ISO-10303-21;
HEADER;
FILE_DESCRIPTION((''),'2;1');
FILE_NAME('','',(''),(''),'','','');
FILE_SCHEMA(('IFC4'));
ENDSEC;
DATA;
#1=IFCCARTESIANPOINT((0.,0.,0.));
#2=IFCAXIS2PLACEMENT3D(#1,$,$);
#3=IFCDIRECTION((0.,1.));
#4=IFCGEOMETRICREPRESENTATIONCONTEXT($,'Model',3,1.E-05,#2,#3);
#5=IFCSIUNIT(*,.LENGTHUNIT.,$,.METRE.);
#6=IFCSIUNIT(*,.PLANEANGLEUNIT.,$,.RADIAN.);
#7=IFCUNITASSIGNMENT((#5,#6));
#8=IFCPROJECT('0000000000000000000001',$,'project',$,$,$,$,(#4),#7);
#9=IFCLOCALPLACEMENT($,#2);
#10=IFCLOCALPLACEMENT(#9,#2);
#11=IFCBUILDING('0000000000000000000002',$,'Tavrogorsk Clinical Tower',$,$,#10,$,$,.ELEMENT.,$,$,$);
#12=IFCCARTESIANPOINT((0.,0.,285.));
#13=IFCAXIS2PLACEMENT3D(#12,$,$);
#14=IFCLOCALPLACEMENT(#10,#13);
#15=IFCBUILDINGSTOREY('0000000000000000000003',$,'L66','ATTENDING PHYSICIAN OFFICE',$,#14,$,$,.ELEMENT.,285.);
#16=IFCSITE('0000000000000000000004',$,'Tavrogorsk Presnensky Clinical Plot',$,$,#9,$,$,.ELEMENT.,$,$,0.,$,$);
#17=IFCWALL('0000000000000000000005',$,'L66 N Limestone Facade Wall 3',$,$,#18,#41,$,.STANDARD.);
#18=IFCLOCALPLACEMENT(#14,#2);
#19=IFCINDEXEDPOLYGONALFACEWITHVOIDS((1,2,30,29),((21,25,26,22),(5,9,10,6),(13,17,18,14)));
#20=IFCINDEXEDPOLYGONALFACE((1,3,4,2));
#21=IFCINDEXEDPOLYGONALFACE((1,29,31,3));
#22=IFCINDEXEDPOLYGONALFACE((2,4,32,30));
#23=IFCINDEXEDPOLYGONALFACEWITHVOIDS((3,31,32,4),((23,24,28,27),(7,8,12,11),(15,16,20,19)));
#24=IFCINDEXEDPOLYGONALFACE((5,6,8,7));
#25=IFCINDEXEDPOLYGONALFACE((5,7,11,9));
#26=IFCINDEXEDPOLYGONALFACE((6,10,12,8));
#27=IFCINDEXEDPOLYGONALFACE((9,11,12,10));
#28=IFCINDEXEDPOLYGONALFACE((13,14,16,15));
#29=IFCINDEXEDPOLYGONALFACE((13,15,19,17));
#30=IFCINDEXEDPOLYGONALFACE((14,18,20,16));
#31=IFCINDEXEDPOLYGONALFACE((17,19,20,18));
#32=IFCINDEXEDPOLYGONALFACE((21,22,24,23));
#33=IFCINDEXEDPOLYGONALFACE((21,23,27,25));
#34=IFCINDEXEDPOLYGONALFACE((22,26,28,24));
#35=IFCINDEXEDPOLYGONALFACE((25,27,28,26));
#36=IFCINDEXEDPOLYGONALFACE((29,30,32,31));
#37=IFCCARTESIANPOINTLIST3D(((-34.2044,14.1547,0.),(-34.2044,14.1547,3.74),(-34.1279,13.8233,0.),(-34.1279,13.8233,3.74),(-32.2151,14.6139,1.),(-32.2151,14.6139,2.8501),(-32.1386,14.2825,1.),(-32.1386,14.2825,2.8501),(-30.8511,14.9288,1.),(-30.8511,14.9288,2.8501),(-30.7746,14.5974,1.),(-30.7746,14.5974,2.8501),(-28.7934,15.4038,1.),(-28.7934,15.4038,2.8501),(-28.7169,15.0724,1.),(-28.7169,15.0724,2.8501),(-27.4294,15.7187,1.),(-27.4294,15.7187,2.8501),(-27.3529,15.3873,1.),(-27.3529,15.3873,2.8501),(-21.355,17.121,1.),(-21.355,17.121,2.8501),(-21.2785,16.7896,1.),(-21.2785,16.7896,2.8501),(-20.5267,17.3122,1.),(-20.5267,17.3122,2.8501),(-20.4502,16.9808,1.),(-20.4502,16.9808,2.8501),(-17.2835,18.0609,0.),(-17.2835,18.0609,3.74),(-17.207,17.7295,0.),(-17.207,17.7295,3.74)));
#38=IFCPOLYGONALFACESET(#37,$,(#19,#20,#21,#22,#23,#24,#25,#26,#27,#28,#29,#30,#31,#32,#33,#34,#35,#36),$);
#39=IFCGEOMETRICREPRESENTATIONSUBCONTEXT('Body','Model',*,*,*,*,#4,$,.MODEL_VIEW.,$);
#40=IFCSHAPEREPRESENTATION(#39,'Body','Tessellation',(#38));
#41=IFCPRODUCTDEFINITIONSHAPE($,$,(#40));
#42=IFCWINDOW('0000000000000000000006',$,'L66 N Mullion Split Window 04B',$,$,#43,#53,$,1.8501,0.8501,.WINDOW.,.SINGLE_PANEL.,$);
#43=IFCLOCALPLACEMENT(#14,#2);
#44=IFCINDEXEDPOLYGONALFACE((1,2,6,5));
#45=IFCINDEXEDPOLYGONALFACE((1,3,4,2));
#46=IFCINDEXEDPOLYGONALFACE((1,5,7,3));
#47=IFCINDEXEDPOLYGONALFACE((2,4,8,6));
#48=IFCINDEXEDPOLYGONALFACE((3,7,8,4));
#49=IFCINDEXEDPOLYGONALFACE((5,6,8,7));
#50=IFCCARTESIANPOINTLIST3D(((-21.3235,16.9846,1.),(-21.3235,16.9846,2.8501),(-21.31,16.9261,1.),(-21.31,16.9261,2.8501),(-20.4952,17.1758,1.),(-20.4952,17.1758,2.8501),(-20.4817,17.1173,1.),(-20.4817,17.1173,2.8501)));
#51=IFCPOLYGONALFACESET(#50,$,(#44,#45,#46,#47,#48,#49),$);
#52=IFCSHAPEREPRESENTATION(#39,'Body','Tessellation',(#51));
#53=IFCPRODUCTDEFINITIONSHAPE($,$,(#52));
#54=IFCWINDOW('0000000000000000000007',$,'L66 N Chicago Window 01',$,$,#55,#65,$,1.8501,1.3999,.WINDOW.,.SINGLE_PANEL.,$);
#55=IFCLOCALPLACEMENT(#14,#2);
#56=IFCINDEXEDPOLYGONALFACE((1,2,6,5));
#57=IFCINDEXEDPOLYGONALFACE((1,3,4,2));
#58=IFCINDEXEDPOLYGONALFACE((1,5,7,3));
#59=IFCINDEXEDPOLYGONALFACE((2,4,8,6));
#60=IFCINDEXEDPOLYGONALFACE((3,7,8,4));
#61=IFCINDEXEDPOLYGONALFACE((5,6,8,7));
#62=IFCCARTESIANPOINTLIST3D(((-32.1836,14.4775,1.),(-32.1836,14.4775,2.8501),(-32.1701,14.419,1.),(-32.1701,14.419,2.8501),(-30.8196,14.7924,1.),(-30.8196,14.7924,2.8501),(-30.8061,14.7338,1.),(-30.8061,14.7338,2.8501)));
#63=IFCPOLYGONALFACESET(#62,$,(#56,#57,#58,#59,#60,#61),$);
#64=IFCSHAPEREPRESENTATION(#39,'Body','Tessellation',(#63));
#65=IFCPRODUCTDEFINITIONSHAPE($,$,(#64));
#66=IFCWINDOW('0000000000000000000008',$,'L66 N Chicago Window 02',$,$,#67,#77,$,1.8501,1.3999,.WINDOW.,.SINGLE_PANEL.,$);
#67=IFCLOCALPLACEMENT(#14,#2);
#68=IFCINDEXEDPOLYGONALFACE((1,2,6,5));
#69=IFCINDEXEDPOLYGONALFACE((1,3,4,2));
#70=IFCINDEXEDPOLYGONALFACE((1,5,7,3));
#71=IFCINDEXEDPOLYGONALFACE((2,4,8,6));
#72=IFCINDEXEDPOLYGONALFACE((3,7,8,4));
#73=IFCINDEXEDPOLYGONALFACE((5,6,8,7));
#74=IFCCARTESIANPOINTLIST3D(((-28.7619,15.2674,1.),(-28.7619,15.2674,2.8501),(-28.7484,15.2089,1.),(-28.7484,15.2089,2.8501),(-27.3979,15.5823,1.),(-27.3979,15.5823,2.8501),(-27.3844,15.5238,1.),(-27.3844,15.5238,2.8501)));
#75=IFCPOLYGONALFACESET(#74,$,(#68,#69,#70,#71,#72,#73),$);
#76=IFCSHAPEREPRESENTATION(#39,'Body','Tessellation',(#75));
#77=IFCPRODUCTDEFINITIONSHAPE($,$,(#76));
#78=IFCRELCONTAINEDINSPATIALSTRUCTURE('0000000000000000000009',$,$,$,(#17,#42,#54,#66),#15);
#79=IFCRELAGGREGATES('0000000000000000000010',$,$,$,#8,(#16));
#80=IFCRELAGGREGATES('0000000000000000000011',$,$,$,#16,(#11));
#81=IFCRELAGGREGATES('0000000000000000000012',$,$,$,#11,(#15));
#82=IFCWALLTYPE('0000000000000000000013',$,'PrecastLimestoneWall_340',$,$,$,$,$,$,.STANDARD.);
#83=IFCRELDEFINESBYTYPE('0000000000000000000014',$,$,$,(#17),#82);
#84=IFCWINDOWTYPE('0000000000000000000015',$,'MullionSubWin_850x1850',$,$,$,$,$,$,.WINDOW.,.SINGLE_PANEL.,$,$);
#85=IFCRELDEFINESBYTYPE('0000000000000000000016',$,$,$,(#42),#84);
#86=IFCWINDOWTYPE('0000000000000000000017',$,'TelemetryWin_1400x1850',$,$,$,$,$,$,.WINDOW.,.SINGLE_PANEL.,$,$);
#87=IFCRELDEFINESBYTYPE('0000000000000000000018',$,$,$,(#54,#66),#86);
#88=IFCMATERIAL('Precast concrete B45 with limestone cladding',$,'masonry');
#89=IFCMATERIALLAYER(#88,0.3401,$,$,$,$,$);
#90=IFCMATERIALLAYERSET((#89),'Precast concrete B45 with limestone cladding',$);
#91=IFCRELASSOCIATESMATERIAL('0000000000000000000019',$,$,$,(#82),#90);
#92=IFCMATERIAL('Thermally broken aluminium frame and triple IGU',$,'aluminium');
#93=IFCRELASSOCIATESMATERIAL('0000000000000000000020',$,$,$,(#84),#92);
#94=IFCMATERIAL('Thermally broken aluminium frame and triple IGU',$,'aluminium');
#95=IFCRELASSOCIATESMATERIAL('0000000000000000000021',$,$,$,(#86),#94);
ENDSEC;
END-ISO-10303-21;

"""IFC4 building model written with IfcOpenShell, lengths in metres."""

from ifc_helpers import new_model, si_unit, direction, frame, frame_2d, origin, place, context, subcontext, project, spatial, rectangle, extrude, material, layer, layer_set, type_object, element, fill, save


model = new_model("IFC4")

# Units and contexts
model_context = context("Model", 3, precision=1e-05, world=origin(), true_north=direction((0.0, 1.0)))
body_context = subcontext(model_context, "Body", "Model", "MODEL_VIEW")
ifc_project = project(units=[si_unit("LENGTHUNIT", "METRE"), si_unit("PLANEANGLEUNIT", "RADIAN")], contexts=[model_context])

# Site, building, storey
site_placement = place(None, origin())
site = spatial("IfcSite", under=ifc_project, at=site_placement, Name="Tavrogorsk Presnensky Clinical Plot", CompositionType="ELEMENT", RefElevation=0.0)
building_placement = place(site_placement, origin())
building = spatial("IfcBuilding", under=site, at=building_placement, Name="Tavrogorsk Clinical Tower", CompositionType="ELEMENT")
storey_placement = place(building_placement, frame((0.0, 0.0, 285.0)))
storey = spatial("IfcBuildingStorey", under=building, at=storey_placement, Name="L66", Description="ATTENDING PHYSICIAN OFFICE", CompositionType="ELEMENT", Elevation=285.0)

# Wall, openings, windows
ifc_material_1 = material(Name="Precast concrete B45 with limestone cladding", Category="masonry")
ifc_layer_1 = layer(ifc_material_1, 0.3401)
ifc_layer_set_1 = layer_set([ifc_layer_1], Name="Precast concrete B45 with limestone cladding")
wall_type_1 = type_object("IfcWallType", Name="PrecastLimestoneWall_340", PredefinedType="STANDARD", material=ifc_layer_set_1)
wall_1_placement = place(storey_placement, frame((-17.2451, 17.8953, 0.0), z_axis=(0.0, 0.0, 1.0), x_axis=(-0.974373, -0.224938, 0.0)))
wall_1 = element("IfcWall", 1, at=wall_1_placement, inside=storey, type_object=wall_type_1, Name="L66 N Limestone Facade Wall 3", PredefinedType="STANDARD", context=body_context, shape_type="SweptSolid", body=[
    extrude(rectangle(XDim=17.366, YDim=0.3401, at=frame_2d((8.6831, 0.0))), origin(), (0.0, 0.0, 1.0), 3.74),
])
opening_1_placement = place(wall_1_placement, frame((13.9246, 0.0, 1.0)))
opening_1 = element("IfcOpeningElement", 2, at=opening_1_placement, cuts=wall_1, PredefinedType="OPENING", context=body_context, shape_type="SweptSolid", body=[
    extrude(rectangle(XDim=1.3999, YDim=1.8501, at=frame_2d((0.7, 0.925))), frame((0.0, 0.1799, 0.0), z_axis=(0.0, -1.0, 0.0), x_axis=(1.0, 0.0, 0.0)), (0.0, 0.0, 1.0), 0.3601),
])
opening_2_placement = place(wall_1_placement, frame((10.4128, 0.0, 1.0)))
opening_2 = element("IfcOpeningElement", 3, at=opening_2_placement, cuts=wall_1, PredefinedType="OPENING", context=body_context, shape_type="SweptSolid", body=[
    extrude(rectangle(XDim=1.3999, YDim=1.8501, at=frame_2d((0.7, 0.925))), frame((0.0, 0.1799, 0.0), z_axis=(0.0, -1.0, 0.0), x_axis=(1.0, 0.0, 0.0)), (0.0, 0.0, 1.0), 0.3601),
])
opening_3_placement = place(wall_1_placement, frame((3.3286, 0.0, 1.0)))
opening_3 = element("IfcOpeningElement", 4, at=opening_3_placement, cuts=wall_1, PredefinedType="OPENING", context=body_context, shape_type="SweptSolid", body=[
    extrude(rectangle(XDim=0.8501, YDim=1.8501, at=frame_2d((0.425, 0.925))), frame((0.0, 0.1799, 0.0), z_axis=(0.0, -1.0, 0.0), x_axis=(1.0, 0.0, 0.0)), (0.0, 0.0, 1.0), 0.3601),
])
ifc_material_2 = material(Name="Thermally broken aluminium frame and triple IGU", Category="aluminium")
window_type_1 = type_object("IfcWindowType", Name="MullionSubWin_850x1850", PartitioningType="SINGLE_PANEL", PredefinedType="WINDOW", material=ifc_material_2)
window_1_placement = place(opening_3_placement, origin())
window_1 = element("IfcWindow", 5, at=window_1_placement, inside=storey, type_object=window_type_1, Name="L66 N Mullion Split Window 04B", OverallHeight=1.8501, OverallWidth=0.8501, PartitioningType="SINGLE_PANEL", PredefinedType="WINDOW", context=body_context, shape_type="SweptSolid", body=[
    extrude(rectangle(XDim=0.8501, YDim=1.8501, at=frame_2d((0.425, 0.925))), frame((0.0, 0.03, 0.0), z_axis=(0.0, -1.0, 0.0), x_axis=(1.0, 0.0, 0.0)), (0.0, 0.0, 1.0), 0.0601),
])
fill(opening_3, window_1)
ifc_material_3 = material(Name="Thermally broken aluminium frame and triple IGU", Category="aluminium")
window_type_2 = type_object("IfcWindowType", Name="TelemetryWin_1400x1850", PartitioningType="SINGLE_PANEL", PredefinedType="WINDOW", material=ifc_material_3)
window_2_placement = place(opening_1_placement, origin())
window_2 = element("IfcWindow", 6, at=window_2_placement, inside=storey, type_object=window_type_2, Name="L66 N Chicago Window 01", OverallHeight=1.8501, OverallWidth=1.3999, PartitioningType="SINGLE_PANEL", PredefinedType="WINDOW", context=body_context, shape_type="SweptSolid", body=[
    extrude(rectangle(XDim=1.3999, YDim=1.8501, at=frame_2d((0.7, 0.925))), frame((0.0, 0.03, 0.0), z_axis=(0.0, -1.0, 0.0), x_axis=(1.0, 0.0, 0.0)), (0.0, 0.0, 1.0), 0.0601),
])
fill(opening_1, window_2)
window_3_placement = place(opening_2_placement, origin())
window_3 = element("IfcWindow", 7, at=window_3_placement, inside=storey, type_object=window_type_2, Name="L66 N Chicago Window 02", OverallHeight=1.8501, OverallWidth=1.3999, PartitioningType="SINGLE_PANEL", PredefinedType="WINDOW", context=body_context, shape_type="SweptSolid", body=[
    extrude(rectangle(XDim=1.3999, YDim=1.8501, at=frame_2d((0.7, 0.925))), frame((0.0, 0.03, 0.0), z_axis=(0.0, -1.0, 0.0), x_axis=(1.0, 0.0, 0.0)), (0.0, 0.0, 1.0), 0.0601),
])
fill(opening_2, window_3)

save(model, "model.ifc")
